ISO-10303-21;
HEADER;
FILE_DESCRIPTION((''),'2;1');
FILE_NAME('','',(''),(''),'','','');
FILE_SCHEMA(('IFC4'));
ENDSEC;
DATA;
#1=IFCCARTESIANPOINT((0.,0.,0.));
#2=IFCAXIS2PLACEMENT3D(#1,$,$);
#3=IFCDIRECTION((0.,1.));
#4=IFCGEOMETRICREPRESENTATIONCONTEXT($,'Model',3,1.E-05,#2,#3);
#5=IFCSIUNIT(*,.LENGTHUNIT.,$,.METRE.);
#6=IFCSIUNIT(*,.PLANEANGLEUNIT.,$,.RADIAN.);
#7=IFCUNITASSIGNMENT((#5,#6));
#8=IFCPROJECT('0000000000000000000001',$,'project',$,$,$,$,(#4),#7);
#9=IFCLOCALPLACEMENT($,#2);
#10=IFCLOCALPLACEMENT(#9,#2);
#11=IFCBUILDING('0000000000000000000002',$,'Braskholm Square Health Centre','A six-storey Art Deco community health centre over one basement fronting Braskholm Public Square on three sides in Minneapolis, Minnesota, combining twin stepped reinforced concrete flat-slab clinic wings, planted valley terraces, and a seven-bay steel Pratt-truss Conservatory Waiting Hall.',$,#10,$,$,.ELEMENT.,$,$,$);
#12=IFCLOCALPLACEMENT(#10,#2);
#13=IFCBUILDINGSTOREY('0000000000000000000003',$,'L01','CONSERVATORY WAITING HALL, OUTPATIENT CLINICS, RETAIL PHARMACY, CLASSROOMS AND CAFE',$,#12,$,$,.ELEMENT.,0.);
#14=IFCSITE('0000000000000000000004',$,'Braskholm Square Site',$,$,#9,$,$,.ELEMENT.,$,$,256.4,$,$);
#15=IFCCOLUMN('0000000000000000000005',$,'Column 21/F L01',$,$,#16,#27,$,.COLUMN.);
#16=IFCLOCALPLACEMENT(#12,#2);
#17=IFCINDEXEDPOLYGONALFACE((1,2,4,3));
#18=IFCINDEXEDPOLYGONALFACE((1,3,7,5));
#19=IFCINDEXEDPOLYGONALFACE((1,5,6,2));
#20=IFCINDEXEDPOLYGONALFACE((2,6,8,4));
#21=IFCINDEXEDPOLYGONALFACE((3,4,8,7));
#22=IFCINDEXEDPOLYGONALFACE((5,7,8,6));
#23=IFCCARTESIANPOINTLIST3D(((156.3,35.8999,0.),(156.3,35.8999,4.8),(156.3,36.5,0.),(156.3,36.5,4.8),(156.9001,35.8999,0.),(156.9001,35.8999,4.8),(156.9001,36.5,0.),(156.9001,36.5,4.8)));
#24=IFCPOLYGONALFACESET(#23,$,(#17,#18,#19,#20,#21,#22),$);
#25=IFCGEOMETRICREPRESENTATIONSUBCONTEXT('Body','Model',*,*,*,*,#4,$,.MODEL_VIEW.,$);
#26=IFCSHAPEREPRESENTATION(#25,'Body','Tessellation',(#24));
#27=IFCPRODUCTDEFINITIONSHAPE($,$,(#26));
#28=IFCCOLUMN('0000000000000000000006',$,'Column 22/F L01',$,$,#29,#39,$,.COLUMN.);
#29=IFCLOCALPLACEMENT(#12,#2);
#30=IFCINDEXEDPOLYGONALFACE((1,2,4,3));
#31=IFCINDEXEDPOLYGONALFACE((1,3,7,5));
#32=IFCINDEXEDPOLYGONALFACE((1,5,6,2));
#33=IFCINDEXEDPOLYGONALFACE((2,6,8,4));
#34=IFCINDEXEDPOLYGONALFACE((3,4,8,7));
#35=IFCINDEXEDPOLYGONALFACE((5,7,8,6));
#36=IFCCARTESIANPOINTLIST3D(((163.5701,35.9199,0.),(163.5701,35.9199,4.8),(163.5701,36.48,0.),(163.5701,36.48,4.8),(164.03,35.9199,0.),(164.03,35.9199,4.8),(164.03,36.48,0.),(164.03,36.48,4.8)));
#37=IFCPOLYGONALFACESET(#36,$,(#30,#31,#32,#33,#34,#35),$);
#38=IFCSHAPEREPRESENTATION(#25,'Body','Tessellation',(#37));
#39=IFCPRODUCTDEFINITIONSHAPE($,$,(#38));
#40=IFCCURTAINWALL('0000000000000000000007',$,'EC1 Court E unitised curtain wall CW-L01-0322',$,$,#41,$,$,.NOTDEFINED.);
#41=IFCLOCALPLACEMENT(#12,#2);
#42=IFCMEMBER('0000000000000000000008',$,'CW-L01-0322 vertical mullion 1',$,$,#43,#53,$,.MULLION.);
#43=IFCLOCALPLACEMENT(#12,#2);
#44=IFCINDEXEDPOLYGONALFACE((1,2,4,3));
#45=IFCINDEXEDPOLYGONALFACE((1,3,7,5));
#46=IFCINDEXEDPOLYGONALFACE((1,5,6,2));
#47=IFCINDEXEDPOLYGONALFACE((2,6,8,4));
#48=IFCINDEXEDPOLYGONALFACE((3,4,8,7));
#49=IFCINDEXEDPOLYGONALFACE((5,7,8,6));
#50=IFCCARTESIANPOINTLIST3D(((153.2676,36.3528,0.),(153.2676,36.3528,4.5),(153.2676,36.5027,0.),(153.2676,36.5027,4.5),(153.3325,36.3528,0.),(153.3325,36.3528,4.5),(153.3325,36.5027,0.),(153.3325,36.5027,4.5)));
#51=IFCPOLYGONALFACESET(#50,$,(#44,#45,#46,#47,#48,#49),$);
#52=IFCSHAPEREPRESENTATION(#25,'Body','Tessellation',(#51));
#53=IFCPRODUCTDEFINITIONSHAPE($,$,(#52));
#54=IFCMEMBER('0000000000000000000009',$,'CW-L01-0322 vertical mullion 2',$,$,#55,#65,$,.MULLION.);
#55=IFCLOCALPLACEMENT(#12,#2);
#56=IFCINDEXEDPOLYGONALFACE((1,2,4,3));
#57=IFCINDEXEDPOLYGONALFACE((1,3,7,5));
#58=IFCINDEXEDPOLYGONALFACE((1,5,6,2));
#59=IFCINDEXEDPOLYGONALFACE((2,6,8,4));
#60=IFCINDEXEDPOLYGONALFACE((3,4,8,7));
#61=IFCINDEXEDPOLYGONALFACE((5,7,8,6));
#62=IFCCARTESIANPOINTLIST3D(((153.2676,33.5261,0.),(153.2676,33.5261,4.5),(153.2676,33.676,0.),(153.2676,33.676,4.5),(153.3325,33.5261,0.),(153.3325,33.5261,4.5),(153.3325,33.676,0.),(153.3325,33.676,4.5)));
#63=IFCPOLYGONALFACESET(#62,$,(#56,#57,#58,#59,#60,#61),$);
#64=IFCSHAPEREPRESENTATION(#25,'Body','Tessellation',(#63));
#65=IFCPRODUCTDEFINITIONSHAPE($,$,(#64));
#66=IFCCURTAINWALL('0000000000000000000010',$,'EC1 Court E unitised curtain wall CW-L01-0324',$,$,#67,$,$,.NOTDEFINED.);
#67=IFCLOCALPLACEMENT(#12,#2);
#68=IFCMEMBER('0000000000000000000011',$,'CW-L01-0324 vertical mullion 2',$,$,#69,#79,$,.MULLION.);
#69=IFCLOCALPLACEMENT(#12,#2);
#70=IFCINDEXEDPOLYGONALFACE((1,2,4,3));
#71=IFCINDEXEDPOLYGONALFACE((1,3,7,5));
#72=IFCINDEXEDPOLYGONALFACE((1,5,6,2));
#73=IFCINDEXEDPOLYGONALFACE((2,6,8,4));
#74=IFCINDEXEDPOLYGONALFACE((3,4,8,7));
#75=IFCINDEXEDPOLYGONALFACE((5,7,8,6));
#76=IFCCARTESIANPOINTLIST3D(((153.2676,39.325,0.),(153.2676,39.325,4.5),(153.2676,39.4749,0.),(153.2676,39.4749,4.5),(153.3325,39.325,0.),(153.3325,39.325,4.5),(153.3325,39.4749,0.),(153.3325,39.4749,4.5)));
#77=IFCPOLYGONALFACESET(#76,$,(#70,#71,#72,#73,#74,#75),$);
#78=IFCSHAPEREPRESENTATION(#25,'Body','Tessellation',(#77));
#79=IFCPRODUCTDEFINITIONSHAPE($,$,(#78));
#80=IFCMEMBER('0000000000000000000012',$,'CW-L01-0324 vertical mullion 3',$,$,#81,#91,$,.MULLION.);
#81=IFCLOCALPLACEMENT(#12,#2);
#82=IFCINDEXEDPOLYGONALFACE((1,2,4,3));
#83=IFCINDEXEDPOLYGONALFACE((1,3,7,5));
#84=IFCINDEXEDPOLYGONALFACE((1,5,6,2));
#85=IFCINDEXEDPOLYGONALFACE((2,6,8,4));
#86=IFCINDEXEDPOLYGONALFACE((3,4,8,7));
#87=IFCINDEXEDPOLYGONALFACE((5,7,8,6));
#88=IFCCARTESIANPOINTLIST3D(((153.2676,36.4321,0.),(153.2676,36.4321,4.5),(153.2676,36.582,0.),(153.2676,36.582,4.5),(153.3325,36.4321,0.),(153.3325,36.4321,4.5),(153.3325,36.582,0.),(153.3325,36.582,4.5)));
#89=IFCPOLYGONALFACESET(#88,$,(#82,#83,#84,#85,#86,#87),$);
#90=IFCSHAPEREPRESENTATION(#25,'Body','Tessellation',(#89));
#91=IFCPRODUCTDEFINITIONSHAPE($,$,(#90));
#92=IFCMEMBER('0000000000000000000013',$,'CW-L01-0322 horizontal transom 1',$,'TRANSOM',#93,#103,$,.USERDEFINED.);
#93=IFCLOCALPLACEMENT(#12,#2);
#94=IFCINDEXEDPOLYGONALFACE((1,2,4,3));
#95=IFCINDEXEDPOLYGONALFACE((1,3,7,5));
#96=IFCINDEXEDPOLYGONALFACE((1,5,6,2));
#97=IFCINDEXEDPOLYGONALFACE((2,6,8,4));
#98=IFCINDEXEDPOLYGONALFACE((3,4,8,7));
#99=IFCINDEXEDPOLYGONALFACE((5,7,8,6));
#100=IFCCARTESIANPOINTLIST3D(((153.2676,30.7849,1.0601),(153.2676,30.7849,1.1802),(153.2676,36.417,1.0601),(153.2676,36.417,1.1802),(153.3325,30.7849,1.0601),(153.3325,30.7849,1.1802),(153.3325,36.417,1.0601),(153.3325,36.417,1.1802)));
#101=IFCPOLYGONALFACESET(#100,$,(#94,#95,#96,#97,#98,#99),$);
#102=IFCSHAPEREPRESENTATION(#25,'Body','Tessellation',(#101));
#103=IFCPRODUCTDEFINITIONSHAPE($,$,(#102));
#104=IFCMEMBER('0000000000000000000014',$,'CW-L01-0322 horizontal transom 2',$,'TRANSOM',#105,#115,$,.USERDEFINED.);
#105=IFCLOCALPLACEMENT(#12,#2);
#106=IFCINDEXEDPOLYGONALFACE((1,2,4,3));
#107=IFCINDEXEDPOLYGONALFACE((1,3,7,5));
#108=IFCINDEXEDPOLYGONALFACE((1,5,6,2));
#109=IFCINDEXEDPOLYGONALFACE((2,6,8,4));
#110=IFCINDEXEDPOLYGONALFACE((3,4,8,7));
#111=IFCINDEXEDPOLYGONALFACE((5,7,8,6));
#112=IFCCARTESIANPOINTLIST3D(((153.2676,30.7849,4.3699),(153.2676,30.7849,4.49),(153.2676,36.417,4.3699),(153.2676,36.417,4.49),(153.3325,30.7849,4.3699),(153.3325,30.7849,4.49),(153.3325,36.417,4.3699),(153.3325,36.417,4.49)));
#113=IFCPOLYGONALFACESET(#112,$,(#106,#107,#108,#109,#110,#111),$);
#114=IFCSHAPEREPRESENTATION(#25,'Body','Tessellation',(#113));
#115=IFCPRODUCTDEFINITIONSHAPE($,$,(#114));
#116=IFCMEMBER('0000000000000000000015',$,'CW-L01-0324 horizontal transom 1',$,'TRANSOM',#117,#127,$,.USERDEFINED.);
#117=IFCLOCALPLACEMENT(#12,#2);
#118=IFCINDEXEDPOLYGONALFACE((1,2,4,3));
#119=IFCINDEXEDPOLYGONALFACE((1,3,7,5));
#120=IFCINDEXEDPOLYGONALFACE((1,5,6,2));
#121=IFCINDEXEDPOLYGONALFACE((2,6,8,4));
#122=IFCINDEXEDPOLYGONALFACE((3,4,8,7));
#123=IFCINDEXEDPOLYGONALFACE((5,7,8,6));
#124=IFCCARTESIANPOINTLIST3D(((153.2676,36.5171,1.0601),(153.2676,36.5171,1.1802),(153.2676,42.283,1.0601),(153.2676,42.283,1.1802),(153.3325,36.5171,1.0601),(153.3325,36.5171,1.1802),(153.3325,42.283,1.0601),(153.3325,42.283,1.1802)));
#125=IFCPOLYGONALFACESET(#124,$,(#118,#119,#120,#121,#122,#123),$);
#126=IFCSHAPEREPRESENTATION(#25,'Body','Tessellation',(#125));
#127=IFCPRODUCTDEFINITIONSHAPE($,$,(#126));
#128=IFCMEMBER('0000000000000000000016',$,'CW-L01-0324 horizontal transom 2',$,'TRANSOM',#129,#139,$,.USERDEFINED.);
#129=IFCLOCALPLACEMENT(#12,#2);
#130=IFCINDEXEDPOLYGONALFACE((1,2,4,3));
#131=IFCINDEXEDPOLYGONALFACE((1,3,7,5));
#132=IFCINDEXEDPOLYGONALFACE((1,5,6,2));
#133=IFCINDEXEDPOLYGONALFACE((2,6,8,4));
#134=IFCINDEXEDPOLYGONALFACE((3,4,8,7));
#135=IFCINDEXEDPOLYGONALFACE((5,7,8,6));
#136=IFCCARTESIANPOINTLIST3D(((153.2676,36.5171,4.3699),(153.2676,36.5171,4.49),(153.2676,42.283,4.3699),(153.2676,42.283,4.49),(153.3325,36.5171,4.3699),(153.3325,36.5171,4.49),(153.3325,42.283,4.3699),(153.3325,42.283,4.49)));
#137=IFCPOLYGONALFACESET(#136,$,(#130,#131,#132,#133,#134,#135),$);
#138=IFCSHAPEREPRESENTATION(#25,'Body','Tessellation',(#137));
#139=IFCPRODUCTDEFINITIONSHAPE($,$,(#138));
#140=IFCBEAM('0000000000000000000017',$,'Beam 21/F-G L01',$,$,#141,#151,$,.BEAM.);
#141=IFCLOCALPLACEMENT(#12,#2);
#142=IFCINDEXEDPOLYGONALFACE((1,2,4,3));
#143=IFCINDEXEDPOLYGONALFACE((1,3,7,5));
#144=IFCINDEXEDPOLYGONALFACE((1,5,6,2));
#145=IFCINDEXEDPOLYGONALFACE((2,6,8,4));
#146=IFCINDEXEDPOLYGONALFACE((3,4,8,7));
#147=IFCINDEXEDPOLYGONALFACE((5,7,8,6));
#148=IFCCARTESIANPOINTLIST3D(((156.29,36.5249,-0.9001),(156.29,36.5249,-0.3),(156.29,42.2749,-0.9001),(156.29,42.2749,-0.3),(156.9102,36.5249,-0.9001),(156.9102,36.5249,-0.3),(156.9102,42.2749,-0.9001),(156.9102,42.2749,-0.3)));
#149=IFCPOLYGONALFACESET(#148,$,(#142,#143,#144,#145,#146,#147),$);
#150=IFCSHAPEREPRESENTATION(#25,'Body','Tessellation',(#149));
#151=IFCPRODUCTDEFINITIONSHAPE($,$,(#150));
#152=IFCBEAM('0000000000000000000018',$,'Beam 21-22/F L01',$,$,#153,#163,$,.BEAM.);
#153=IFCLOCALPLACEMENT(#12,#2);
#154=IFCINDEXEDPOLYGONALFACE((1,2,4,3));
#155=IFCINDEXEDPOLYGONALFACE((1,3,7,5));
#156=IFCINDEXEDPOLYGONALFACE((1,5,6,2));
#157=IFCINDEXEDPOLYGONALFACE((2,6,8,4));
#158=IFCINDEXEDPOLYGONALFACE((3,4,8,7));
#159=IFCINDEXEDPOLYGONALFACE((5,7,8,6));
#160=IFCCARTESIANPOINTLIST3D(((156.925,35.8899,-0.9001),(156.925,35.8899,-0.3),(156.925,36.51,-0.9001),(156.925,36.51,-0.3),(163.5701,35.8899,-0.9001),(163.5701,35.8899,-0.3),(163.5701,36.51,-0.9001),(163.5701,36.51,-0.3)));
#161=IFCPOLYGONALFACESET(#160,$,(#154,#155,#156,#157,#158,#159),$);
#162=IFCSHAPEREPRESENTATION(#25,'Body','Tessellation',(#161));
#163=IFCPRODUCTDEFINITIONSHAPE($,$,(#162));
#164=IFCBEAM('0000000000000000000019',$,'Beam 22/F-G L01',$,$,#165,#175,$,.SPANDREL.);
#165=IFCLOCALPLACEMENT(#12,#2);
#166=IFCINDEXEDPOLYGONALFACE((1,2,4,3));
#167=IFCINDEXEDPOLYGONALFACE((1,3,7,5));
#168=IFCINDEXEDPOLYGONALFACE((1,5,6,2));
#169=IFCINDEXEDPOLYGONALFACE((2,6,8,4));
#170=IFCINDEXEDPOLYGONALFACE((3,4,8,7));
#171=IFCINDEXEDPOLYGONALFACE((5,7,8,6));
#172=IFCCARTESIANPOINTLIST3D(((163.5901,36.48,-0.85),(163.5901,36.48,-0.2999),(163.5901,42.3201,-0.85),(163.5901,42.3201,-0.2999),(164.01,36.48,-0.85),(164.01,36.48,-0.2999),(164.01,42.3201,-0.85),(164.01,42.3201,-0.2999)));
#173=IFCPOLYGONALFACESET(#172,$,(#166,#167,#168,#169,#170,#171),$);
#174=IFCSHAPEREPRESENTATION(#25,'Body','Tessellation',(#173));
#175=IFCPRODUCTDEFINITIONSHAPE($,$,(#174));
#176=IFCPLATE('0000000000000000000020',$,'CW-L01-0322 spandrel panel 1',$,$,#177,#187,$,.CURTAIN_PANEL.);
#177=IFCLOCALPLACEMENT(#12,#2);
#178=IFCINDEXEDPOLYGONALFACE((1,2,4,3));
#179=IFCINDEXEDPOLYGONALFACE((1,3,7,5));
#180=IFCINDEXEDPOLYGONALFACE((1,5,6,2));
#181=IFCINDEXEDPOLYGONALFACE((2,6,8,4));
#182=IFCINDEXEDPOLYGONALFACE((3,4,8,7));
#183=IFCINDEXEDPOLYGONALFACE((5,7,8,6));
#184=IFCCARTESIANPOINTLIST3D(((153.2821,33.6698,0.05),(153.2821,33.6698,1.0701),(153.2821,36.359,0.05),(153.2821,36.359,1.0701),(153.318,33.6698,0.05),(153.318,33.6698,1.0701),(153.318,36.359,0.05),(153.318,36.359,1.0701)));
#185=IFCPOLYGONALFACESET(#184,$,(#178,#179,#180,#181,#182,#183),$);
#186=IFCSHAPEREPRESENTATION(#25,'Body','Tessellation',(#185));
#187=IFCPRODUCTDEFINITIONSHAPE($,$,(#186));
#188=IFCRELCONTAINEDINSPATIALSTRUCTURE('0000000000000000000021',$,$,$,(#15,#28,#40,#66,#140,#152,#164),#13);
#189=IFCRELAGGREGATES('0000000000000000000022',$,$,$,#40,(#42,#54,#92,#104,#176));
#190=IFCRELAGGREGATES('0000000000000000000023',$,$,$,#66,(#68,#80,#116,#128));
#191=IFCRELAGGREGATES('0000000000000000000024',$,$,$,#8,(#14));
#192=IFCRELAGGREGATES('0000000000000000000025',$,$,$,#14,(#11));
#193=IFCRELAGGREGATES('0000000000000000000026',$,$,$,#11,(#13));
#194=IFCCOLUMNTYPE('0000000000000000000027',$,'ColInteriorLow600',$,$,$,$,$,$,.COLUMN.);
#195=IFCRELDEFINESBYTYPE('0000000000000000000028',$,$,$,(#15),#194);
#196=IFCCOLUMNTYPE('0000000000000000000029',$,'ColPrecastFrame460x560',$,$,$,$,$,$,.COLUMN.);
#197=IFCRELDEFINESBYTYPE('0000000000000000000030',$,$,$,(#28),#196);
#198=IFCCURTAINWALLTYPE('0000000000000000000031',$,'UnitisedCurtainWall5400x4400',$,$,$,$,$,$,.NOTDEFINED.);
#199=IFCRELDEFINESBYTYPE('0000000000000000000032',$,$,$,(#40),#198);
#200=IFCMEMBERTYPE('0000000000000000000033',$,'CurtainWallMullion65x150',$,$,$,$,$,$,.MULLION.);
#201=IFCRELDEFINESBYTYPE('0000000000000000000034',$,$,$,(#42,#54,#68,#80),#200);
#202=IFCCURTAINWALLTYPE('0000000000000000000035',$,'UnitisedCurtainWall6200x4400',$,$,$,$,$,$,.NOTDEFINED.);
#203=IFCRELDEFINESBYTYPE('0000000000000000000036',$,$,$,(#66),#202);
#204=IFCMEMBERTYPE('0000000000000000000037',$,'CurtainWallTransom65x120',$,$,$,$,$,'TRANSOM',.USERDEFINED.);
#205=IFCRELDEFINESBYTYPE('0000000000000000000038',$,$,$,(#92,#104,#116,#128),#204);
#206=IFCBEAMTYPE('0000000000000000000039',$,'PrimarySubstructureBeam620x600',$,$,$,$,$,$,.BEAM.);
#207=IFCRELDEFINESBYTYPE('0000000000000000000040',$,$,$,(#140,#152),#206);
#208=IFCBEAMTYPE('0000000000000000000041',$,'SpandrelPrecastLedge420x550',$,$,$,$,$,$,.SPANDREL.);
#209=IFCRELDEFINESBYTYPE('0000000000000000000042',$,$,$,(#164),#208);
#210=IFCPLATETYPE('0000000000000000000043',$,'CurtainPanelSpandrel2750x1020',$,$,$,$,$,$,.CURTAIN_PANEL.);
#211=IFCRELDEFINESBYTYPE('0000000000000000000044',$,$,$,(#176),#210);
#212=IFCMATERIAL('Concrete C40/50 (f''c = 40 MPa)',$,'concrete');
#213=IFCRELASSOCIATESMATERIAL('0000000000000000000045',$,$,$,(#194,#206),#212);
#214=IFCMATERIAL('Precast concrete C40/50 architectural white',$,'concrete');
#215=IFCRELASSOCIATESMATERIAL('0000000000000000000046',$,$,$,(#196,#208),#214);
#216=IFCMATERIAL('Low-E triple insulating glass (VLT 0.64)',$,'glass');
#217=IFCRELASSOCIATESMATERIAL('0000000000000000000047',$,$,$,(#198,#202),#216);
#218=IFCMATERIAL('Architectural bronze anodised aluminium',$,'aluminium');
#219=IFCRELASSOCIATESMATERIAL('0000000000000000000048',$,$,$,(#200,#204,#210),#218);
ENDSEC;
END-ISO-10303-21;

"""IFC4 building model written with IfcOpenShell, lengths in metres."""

from ifc_helpers import new_model, si_unit, direction, frame, origin, origin_2d, place, context, subcontext, project, spatial, rectangle, extrude, material, material_profile, profile_set, type_object, element, aggregate, save


model = new_model("IFC4")

# Units and contexts
model_context = context("Model", 3, precision=1e-05, world=origin(), true_north=direction((0.0, 1.0)))
body_context = subcontext(model_context, "Body", "Model", "MODEL_VIEW")
ifc_project = project(units=[si_unit("LENGTHUNIT", "METRE"), si_unit("PLANEANGLEUNIT", "RADIAN")], contexts=[model_context])

# Site, building, storey
site_placement = place(None, origin())
site = spatial("IfcSite", under=ifc_project, at=site_placement, Name="Braskholm Square Site", CompositionType="ELEMENT", RefElevation=256.4)
building_placement = place(site_placement, origin())
building = spatial("IfcBuilding", under=site, at=building_placement, Name="Braskholm Square Health Centre", Description="A six-storey Art Deco community health centre over one basement fronting Braskholm Public Square on three sides in Minneapolis, Minnesota, combining twin stepped reinforced concrete flat-slab clinic wings, planted valley terraces, and a seven-bay steel Pratt-truss Conservatory Waiting Hall.", CompositionType="ELEMENT")
storey_placement = place(building_placement, origin())
storey = spatial("IfcBuildingStorey", under=building, at=storey_placement, Name="L01", Description="CONSERVATORY WAITING HALL, OUTPATIENT CLINICS, RETAIL PHARMACY, CLASSROOMS AND CAFE", CompositionType="ELEMENT", Elevation=0.0)

# Columns
ifc_material_1 = material(Name="Concrete C40/50 (f'c = 40 MPa)", Category="concrete")
ifc_material_profile_1 = material_profile(ifc_material_1, rectangle(XDim=0.6001, YDim=0.6001, at=origin_2d()), Name="RC-600X600")
ifc_profile_set_1 = profile_set([ifc_material_profile_1], Name="Concrete C40/50 (f'c = 40 MPa)")
column_type_1 = type_object("IfcColumnType", Name="ColInteriorLow600", PredefinedType="COLUMN", material=ifc_profile_set_1)
column_1_placement = place(storey_placement, frame((156.6001, 36.2, 0.0), z_axis=(0.0, 0.0, 1.0), x_axis=(1.0, 0.0, 0.0)))
element("IfcColumn", 1, at=column_1_placement, inside=storey, type_object=column_type_1, Name="Column 21/F L01", PredefinedType="COLUMN", context=body_context, shape_type="SweptSolid", body=[
    extrude(rectangle(XDim=0.6001, YDim=0.6001, at=origin_2d()), origin(), (0.0, 0.0, 1.0), 4.8),
])
ifc_material_2 = material(Name="Precast concrete C40/50 architectural white", Category="concrete")
ifc_material_profile_2 = material_profile(ifc_material_2, rectangle(XDim=0.46, YDim=0.5601, at=origin_2d()), Name="RC-460X560")
ifc_profile_set_2 = profile_set([ifc_material_profile_2], Name="Precast concrete C40/50 architectural white")
column_type_2 = type_object("IfcColumnType", Name="ColPrecastFrame460x560", PredefinedType="COLUMN", material=ifc_profile_set_2)
column_2_placement = place(storey_placement, frame((163.8, 36.2, 0.0), z_axis=(0.0, 0.0, 1.0), x_axis=(1.0, 0.0, 0.0)))
element("IfcColumn", 2, at=column_2_placement, inside=storey, type_object=column_type_2, Name="Column 22/F L01", PredefinedType="COLUMN", context=body_context, shape_type="SweptSolid", body=[
    extrude(rectangle(XDim=0.46, YDim=0.5601, at=origin_2d()), origin(), (0.0, 0.0, 1.0), 4.8),
])

# Curtain walls, members
ifc_material_3 = material(Name="Low-E triple insulating glass (VLT 0.64)", Category="glass")
curtain_wall_type_1 = type_object("IfcCurtainWallType", Name="UnitisedCurtainWall5400x4400", PredefinedType="NOTDEFINED", material=ifc_material_3)
curtain_wall_1_placement = place(storey_placement, origin())
curtain_wall_1 = element("IfcCurtainWall", 3, at=curtain_wall_1_placement, inside=storey, type_object=curtain_wall_type_1, Name="EC1 Court E unitised curtain wall CW-L01-0322", PredefinedType="NOTDEFINED")
ifc_material_4 = material(Name="Architectural bronze anodised aluminium", Category="aluminium")
ifc_material_profile_3 = material_profile(ifc_material_4, rectangle(XDim=0.0649, YDim=0.1499, at=origin_2d()), Name="ALU-65X150")
ifc_profile_set_3 = profile_set([ifc_material_profile_3], Name="Architectural bronze anodised aluminium")
member_type_1 = type_object("IfcMemberType", Name="CurtainWallMullion65x150", PredefinedType="MULLION", material=ifc_profile_set_3)
member_1_placement = place(storey_placement, frame((153.3, 36.4277, 0.0), z_axis=(0.0, 0.0, 1.0), x_axis=(1.0, 0.0, 0.0)))
member_1 = element("IfcMember", 4, at=member_1_placement, type_object=member_type_1, Name="CW-L01-0322 vertical mullion 1", PredefinedType="MULLION", context=body_context, shape_type="SweptSolid", body=[
    extrude(rectangle(XDim=0.0649, YDim=0.1499, at=origin_2d()), origin(), (0.0, 0.0, 1.0), 4.5),
])
member_2_placement = place(storey_placement, frame((153.3, 33.6011, 0.0), z_axis=(0.0, 0.0, 1.0), x_axis=(1.0, 0.0, 0.0)))
member_2 = element("IfcMember", 5, at=member_2_placement, type_object=member_type_1, Name="CW-L01-0322 vertical mullion 2", PredefinedType="MULLION", context=body_context, shape_type="SweptSolid", body=[
    extrude(rectangle(XDim=0.0649, YDim=0.1499, at=origin_2d()), origin(), (0.0, 0.0, 1.0), 4.5),
])
curtain_wall_type_2 = type_object("IfcCurtainWallType", Name="UnitisedCurtainWall6200x4400", PredefinedType="NOTDEFINED", material=ifc_material_3)
curtain_wall_2_placement = place(storey_placement, origin())
curtain_wall_2 = element("IfcCurtainWall", 6, at=curtain_wall_2_placement, inside=storey, type_object=curtain_wall_type_2, Name="EC1 Court E unitised curtain wall CW-L01-0324", PredefinedType="NOTDEFINED")
member_3_placement = place(storey_placement, frame((153.3, 39.3999, 0.0), z_axis=(0.0, 0.0, 1.0), x_axis=(1.0, 0.0, 0.0)))
member_3 = element("IfcMember", 7, at=member_3_placement, type_object=member_type_1, Name="CW-L01-0324 vertical mullion 2", PredefinedType="MULLION", context=body_context, shape_type="SweptSolid", body=[
    extrude(rectangle(XDim=0.0649, YDim=0.1499, at=origin_2d()), origin(), (0.0, 0.0, 1.0), 4.5),
])
member_4_placement = place(storey_placement, frame((153.3, 36.5071, 0.0), z_axis=(0.0, 0.0, 1.0), x_axis=(1.0, 0.0, 0.0)))
member_4 = element("IfcMember", 8, at=member_4_placement, type_object=member_type_1, Name="CW-L01-0324 vertical mullion 3", PredefinedType="MULLION", context=body_context, shape_type="SweptSolid", body=[
    extrude(rectangle(XDim=0.0649, YDim=0.1499, at=origin_2d()), origin(), (0.0, 0.0, 1.0), 4.5),
])

# Members
ifc_material_profile_4 = material_profile(ifc_material_4, rectangle(XDim=0.0649, YDim=0.1201, at=origin_2d()), Name="ALU-65X120")
ifc_profile_set_4 = profile_set([ifc_material_profile_4], Name="Architectural bronze anodised aluminium")
member_type_2 = type_object("IfcMemberType", Name="CurtainWallTransom65x120", ElementType="TRANSOM", PredefinedType="USERDEFINED", material=ifc_profile_set_4)
member_5_placement = place(storey_placement, frame((153.3, 36.417, 1.1201), z_axis=(0.0, -1.0, 0.0), x_axis=(1.0, 0.0, 0.0)))
member_5 = element("IfcMember", 9, at=member_5_placement, type_object=member_type_2, Name="CW-L01-0322 horizontal transom 1", ObjectType="TRANSOM", PredefinedType="USERDEFINED", context=body_context, shape_type="SweptSolid", body=[
    extrude(rectangle(XDim=0.0649, YDim=0.1201, at=origin_2d()), origin(), (0.0, 0.0, 1.0), 5.6321),
])
member_6_placement = place(storey_placement, frame((153.3, 36.417, 4.4299), z_axis=(0.0, -1.0, 0.0), x_axis=(1.0, 0.0, 0.0)))
member_6 = element("IfcMember", 10, at=member_6_placement, type_object=member_type_2, Name="CW-L01-0322 horizontal transom 2", ObjectType="TRANSOM", PredefinedType="USERDEFINED", context=body_context, shape_type="SweptSolid", body=[
    extrude(rectangle(XDim=0.0649, YDim=0.1201, at=origin_2d()), origin(), (0.0, 0.0, 1.0), 5.6321),
])
member_7_placement = place(storey_placement, frame((153.3, 42.283, 1.1201), z_axis=(0.0, -1.0, 0.0), x_axis=(1.0, 0.0, 0.0)))
member_7 = element("IfcMember", 11, at=member_7_placement, type_object=member_type_2, Name="CW-L01-0324 horizontal transom 1", ObjectType="TRANSOM", PredefinedType="USERDEFINED", context=body_context, shape_type="SweptSolid", body=[
    extrude(rectangle(XDim=0.0649, YDim=0.1201, at=origin_2d()), origin(), (0.0, 0.0, 1.0), 5.7659),
])
member_8_placement = place(storey_placement, frame((153.3, 42.283, 4.4299), z_axis=(0.0, -1.0, 0.0), x_axis=(1.0, 0.0, 0.0)))
member_8 = element("IfcMember", 12, at=member_8_placement, type_object=member_type_2, Name="CW-L01-0324 horizontal transom 2", ObjectType="TRANSOM", PredefinedType="USERDEFINED", context=body_context, shape_type="SweptSolid", body=[
    extrude(rectangle(XDim=0.0649, YDim=0.1201, at=origin_2d()), origin(), (0.0, 0.0, 1.0), 5.7659),
])

# Beams
ifc_material_profile_5 = material_profile(ifc_material_1, rectangle(XDim=0.6201, YDim=0.6001, at=origin_2d()), Name="RCB-620X600")
ifc_profile_set_5 = profile_set([ifc_material_profile_5], Name="Concrete C40/50 (f'c = 40 MPa)")
beam_type_1 = type_object("IfcBeamType", Name="PrimarySubstructureBeam620x600", PredefinedType="BEAM", material=ifc_profile_set_5)
beam_1_placement = place(storey_placement, frame((156.6001, 36.5249, -0.6001), z_axis=(0.0, 1.0, 0.0), x_axis=(-1.0, 0.0, 0.0)))
element("IfcBeam", 13, at=beam_1_placement, inside=storey, type_object=beam_type_1, Name="Beam 21/F-G L01", PredefinedType="BEAM", context=body_context, shape_type="SweptSolid", body=[
    extrude(rectangle(XDim=0.6201, YDim=0.6001, at=origin_2d()), origin(), (0.0, 0.0, 1.0), 5.75),
])
beam_2_placement = place(storey_placement, frame((156.925, 36.2, -0.6001), z_axis=(1.0, 0.0, 0.0), x_axis=(0.0, 1.0, 0.0)))
element("IfcBeam", 14, at=beam_2_placement, inside=storey, type_object=beam_type_1, Name="Beam 21-22/F L01", PredefinedType="BEAM", context=body_context, shape_type="SweptSolid", body=[
    extrude(rectangle(XDim=0.6201, YDim=0.6001, at=origin_2d()), origin(), (0.0, 0.0, 1.0), 6.645),
])
ifc_material_profile_6 = material_profile(ifc_material_2, rectangle(XDim=0.4199, YDim=0.55, at=origin_2d()), Name="RCB-420X550")
ifc_profile_set_6 = profile_set([ifc_material_profile_6], Name="Precast concrete C40/50 architectural white")
beam_type_2 = type_object("IfcBeamType", Name="SpandrelPrecastLedge420x550", PredefinedType="SPANDREL", material=ifc_profile_set_6)
beam_3_placement = place(storey_placement, frame((163.8, 36.48, -0.575), z_axis=(0.0, 1.0, 0.0), x_axis=(-1.0, 0.0, 0.0)))
element("IfcBeam", 15, at=beam_3_placement, inside=storey, type_object=beam_type_2, Name="Beam 22/F-G L01", PredefinedType="SPANDREL", context=body_context, shape_type="SweptSolid", body=[
    extrude(rectangle(XDim=0.4199, YDim=0.55, at=origin_2d()), origin(), (0.0, 0.0, 1.0), 5.8401),
])

# Plate
plate_type_1 = type_object("IfcPlateType", Name="CurtainPanelSpandrel2750x1020", PredefinedType="CURTAIN_PANEL", material=ifc_material_4)
plate_1_placement = place(storey_placement, frame((153.3, 35.0144, 0.05), z_axis=(0.0, 0.0, 1.0), x_axis=(0.0, -1.0, 0.0)))
plate_1 = element("IfcPlate", 16, at=plate_1_placement, type_object=plate_type_1, Name="CW-L01-0322 spandrel panel 1", PredefinedType="CURTAIN_PANEL", context=body_context, shape_type="SweptSolid", body=[
    extrude(rectangle(XDim=2.6892, YDim=0.0359, at=origin_2d()), origin(), (0.0, 0.0, 1.0), 1.02),
])
aggregate(curtain_wall_1, [member_1, member_2, member_5, member_6, plate_1])
aggregate(curtain_wall_2, [member_3, member_4, member_7, member_8])

save(model, "model.ifc")
